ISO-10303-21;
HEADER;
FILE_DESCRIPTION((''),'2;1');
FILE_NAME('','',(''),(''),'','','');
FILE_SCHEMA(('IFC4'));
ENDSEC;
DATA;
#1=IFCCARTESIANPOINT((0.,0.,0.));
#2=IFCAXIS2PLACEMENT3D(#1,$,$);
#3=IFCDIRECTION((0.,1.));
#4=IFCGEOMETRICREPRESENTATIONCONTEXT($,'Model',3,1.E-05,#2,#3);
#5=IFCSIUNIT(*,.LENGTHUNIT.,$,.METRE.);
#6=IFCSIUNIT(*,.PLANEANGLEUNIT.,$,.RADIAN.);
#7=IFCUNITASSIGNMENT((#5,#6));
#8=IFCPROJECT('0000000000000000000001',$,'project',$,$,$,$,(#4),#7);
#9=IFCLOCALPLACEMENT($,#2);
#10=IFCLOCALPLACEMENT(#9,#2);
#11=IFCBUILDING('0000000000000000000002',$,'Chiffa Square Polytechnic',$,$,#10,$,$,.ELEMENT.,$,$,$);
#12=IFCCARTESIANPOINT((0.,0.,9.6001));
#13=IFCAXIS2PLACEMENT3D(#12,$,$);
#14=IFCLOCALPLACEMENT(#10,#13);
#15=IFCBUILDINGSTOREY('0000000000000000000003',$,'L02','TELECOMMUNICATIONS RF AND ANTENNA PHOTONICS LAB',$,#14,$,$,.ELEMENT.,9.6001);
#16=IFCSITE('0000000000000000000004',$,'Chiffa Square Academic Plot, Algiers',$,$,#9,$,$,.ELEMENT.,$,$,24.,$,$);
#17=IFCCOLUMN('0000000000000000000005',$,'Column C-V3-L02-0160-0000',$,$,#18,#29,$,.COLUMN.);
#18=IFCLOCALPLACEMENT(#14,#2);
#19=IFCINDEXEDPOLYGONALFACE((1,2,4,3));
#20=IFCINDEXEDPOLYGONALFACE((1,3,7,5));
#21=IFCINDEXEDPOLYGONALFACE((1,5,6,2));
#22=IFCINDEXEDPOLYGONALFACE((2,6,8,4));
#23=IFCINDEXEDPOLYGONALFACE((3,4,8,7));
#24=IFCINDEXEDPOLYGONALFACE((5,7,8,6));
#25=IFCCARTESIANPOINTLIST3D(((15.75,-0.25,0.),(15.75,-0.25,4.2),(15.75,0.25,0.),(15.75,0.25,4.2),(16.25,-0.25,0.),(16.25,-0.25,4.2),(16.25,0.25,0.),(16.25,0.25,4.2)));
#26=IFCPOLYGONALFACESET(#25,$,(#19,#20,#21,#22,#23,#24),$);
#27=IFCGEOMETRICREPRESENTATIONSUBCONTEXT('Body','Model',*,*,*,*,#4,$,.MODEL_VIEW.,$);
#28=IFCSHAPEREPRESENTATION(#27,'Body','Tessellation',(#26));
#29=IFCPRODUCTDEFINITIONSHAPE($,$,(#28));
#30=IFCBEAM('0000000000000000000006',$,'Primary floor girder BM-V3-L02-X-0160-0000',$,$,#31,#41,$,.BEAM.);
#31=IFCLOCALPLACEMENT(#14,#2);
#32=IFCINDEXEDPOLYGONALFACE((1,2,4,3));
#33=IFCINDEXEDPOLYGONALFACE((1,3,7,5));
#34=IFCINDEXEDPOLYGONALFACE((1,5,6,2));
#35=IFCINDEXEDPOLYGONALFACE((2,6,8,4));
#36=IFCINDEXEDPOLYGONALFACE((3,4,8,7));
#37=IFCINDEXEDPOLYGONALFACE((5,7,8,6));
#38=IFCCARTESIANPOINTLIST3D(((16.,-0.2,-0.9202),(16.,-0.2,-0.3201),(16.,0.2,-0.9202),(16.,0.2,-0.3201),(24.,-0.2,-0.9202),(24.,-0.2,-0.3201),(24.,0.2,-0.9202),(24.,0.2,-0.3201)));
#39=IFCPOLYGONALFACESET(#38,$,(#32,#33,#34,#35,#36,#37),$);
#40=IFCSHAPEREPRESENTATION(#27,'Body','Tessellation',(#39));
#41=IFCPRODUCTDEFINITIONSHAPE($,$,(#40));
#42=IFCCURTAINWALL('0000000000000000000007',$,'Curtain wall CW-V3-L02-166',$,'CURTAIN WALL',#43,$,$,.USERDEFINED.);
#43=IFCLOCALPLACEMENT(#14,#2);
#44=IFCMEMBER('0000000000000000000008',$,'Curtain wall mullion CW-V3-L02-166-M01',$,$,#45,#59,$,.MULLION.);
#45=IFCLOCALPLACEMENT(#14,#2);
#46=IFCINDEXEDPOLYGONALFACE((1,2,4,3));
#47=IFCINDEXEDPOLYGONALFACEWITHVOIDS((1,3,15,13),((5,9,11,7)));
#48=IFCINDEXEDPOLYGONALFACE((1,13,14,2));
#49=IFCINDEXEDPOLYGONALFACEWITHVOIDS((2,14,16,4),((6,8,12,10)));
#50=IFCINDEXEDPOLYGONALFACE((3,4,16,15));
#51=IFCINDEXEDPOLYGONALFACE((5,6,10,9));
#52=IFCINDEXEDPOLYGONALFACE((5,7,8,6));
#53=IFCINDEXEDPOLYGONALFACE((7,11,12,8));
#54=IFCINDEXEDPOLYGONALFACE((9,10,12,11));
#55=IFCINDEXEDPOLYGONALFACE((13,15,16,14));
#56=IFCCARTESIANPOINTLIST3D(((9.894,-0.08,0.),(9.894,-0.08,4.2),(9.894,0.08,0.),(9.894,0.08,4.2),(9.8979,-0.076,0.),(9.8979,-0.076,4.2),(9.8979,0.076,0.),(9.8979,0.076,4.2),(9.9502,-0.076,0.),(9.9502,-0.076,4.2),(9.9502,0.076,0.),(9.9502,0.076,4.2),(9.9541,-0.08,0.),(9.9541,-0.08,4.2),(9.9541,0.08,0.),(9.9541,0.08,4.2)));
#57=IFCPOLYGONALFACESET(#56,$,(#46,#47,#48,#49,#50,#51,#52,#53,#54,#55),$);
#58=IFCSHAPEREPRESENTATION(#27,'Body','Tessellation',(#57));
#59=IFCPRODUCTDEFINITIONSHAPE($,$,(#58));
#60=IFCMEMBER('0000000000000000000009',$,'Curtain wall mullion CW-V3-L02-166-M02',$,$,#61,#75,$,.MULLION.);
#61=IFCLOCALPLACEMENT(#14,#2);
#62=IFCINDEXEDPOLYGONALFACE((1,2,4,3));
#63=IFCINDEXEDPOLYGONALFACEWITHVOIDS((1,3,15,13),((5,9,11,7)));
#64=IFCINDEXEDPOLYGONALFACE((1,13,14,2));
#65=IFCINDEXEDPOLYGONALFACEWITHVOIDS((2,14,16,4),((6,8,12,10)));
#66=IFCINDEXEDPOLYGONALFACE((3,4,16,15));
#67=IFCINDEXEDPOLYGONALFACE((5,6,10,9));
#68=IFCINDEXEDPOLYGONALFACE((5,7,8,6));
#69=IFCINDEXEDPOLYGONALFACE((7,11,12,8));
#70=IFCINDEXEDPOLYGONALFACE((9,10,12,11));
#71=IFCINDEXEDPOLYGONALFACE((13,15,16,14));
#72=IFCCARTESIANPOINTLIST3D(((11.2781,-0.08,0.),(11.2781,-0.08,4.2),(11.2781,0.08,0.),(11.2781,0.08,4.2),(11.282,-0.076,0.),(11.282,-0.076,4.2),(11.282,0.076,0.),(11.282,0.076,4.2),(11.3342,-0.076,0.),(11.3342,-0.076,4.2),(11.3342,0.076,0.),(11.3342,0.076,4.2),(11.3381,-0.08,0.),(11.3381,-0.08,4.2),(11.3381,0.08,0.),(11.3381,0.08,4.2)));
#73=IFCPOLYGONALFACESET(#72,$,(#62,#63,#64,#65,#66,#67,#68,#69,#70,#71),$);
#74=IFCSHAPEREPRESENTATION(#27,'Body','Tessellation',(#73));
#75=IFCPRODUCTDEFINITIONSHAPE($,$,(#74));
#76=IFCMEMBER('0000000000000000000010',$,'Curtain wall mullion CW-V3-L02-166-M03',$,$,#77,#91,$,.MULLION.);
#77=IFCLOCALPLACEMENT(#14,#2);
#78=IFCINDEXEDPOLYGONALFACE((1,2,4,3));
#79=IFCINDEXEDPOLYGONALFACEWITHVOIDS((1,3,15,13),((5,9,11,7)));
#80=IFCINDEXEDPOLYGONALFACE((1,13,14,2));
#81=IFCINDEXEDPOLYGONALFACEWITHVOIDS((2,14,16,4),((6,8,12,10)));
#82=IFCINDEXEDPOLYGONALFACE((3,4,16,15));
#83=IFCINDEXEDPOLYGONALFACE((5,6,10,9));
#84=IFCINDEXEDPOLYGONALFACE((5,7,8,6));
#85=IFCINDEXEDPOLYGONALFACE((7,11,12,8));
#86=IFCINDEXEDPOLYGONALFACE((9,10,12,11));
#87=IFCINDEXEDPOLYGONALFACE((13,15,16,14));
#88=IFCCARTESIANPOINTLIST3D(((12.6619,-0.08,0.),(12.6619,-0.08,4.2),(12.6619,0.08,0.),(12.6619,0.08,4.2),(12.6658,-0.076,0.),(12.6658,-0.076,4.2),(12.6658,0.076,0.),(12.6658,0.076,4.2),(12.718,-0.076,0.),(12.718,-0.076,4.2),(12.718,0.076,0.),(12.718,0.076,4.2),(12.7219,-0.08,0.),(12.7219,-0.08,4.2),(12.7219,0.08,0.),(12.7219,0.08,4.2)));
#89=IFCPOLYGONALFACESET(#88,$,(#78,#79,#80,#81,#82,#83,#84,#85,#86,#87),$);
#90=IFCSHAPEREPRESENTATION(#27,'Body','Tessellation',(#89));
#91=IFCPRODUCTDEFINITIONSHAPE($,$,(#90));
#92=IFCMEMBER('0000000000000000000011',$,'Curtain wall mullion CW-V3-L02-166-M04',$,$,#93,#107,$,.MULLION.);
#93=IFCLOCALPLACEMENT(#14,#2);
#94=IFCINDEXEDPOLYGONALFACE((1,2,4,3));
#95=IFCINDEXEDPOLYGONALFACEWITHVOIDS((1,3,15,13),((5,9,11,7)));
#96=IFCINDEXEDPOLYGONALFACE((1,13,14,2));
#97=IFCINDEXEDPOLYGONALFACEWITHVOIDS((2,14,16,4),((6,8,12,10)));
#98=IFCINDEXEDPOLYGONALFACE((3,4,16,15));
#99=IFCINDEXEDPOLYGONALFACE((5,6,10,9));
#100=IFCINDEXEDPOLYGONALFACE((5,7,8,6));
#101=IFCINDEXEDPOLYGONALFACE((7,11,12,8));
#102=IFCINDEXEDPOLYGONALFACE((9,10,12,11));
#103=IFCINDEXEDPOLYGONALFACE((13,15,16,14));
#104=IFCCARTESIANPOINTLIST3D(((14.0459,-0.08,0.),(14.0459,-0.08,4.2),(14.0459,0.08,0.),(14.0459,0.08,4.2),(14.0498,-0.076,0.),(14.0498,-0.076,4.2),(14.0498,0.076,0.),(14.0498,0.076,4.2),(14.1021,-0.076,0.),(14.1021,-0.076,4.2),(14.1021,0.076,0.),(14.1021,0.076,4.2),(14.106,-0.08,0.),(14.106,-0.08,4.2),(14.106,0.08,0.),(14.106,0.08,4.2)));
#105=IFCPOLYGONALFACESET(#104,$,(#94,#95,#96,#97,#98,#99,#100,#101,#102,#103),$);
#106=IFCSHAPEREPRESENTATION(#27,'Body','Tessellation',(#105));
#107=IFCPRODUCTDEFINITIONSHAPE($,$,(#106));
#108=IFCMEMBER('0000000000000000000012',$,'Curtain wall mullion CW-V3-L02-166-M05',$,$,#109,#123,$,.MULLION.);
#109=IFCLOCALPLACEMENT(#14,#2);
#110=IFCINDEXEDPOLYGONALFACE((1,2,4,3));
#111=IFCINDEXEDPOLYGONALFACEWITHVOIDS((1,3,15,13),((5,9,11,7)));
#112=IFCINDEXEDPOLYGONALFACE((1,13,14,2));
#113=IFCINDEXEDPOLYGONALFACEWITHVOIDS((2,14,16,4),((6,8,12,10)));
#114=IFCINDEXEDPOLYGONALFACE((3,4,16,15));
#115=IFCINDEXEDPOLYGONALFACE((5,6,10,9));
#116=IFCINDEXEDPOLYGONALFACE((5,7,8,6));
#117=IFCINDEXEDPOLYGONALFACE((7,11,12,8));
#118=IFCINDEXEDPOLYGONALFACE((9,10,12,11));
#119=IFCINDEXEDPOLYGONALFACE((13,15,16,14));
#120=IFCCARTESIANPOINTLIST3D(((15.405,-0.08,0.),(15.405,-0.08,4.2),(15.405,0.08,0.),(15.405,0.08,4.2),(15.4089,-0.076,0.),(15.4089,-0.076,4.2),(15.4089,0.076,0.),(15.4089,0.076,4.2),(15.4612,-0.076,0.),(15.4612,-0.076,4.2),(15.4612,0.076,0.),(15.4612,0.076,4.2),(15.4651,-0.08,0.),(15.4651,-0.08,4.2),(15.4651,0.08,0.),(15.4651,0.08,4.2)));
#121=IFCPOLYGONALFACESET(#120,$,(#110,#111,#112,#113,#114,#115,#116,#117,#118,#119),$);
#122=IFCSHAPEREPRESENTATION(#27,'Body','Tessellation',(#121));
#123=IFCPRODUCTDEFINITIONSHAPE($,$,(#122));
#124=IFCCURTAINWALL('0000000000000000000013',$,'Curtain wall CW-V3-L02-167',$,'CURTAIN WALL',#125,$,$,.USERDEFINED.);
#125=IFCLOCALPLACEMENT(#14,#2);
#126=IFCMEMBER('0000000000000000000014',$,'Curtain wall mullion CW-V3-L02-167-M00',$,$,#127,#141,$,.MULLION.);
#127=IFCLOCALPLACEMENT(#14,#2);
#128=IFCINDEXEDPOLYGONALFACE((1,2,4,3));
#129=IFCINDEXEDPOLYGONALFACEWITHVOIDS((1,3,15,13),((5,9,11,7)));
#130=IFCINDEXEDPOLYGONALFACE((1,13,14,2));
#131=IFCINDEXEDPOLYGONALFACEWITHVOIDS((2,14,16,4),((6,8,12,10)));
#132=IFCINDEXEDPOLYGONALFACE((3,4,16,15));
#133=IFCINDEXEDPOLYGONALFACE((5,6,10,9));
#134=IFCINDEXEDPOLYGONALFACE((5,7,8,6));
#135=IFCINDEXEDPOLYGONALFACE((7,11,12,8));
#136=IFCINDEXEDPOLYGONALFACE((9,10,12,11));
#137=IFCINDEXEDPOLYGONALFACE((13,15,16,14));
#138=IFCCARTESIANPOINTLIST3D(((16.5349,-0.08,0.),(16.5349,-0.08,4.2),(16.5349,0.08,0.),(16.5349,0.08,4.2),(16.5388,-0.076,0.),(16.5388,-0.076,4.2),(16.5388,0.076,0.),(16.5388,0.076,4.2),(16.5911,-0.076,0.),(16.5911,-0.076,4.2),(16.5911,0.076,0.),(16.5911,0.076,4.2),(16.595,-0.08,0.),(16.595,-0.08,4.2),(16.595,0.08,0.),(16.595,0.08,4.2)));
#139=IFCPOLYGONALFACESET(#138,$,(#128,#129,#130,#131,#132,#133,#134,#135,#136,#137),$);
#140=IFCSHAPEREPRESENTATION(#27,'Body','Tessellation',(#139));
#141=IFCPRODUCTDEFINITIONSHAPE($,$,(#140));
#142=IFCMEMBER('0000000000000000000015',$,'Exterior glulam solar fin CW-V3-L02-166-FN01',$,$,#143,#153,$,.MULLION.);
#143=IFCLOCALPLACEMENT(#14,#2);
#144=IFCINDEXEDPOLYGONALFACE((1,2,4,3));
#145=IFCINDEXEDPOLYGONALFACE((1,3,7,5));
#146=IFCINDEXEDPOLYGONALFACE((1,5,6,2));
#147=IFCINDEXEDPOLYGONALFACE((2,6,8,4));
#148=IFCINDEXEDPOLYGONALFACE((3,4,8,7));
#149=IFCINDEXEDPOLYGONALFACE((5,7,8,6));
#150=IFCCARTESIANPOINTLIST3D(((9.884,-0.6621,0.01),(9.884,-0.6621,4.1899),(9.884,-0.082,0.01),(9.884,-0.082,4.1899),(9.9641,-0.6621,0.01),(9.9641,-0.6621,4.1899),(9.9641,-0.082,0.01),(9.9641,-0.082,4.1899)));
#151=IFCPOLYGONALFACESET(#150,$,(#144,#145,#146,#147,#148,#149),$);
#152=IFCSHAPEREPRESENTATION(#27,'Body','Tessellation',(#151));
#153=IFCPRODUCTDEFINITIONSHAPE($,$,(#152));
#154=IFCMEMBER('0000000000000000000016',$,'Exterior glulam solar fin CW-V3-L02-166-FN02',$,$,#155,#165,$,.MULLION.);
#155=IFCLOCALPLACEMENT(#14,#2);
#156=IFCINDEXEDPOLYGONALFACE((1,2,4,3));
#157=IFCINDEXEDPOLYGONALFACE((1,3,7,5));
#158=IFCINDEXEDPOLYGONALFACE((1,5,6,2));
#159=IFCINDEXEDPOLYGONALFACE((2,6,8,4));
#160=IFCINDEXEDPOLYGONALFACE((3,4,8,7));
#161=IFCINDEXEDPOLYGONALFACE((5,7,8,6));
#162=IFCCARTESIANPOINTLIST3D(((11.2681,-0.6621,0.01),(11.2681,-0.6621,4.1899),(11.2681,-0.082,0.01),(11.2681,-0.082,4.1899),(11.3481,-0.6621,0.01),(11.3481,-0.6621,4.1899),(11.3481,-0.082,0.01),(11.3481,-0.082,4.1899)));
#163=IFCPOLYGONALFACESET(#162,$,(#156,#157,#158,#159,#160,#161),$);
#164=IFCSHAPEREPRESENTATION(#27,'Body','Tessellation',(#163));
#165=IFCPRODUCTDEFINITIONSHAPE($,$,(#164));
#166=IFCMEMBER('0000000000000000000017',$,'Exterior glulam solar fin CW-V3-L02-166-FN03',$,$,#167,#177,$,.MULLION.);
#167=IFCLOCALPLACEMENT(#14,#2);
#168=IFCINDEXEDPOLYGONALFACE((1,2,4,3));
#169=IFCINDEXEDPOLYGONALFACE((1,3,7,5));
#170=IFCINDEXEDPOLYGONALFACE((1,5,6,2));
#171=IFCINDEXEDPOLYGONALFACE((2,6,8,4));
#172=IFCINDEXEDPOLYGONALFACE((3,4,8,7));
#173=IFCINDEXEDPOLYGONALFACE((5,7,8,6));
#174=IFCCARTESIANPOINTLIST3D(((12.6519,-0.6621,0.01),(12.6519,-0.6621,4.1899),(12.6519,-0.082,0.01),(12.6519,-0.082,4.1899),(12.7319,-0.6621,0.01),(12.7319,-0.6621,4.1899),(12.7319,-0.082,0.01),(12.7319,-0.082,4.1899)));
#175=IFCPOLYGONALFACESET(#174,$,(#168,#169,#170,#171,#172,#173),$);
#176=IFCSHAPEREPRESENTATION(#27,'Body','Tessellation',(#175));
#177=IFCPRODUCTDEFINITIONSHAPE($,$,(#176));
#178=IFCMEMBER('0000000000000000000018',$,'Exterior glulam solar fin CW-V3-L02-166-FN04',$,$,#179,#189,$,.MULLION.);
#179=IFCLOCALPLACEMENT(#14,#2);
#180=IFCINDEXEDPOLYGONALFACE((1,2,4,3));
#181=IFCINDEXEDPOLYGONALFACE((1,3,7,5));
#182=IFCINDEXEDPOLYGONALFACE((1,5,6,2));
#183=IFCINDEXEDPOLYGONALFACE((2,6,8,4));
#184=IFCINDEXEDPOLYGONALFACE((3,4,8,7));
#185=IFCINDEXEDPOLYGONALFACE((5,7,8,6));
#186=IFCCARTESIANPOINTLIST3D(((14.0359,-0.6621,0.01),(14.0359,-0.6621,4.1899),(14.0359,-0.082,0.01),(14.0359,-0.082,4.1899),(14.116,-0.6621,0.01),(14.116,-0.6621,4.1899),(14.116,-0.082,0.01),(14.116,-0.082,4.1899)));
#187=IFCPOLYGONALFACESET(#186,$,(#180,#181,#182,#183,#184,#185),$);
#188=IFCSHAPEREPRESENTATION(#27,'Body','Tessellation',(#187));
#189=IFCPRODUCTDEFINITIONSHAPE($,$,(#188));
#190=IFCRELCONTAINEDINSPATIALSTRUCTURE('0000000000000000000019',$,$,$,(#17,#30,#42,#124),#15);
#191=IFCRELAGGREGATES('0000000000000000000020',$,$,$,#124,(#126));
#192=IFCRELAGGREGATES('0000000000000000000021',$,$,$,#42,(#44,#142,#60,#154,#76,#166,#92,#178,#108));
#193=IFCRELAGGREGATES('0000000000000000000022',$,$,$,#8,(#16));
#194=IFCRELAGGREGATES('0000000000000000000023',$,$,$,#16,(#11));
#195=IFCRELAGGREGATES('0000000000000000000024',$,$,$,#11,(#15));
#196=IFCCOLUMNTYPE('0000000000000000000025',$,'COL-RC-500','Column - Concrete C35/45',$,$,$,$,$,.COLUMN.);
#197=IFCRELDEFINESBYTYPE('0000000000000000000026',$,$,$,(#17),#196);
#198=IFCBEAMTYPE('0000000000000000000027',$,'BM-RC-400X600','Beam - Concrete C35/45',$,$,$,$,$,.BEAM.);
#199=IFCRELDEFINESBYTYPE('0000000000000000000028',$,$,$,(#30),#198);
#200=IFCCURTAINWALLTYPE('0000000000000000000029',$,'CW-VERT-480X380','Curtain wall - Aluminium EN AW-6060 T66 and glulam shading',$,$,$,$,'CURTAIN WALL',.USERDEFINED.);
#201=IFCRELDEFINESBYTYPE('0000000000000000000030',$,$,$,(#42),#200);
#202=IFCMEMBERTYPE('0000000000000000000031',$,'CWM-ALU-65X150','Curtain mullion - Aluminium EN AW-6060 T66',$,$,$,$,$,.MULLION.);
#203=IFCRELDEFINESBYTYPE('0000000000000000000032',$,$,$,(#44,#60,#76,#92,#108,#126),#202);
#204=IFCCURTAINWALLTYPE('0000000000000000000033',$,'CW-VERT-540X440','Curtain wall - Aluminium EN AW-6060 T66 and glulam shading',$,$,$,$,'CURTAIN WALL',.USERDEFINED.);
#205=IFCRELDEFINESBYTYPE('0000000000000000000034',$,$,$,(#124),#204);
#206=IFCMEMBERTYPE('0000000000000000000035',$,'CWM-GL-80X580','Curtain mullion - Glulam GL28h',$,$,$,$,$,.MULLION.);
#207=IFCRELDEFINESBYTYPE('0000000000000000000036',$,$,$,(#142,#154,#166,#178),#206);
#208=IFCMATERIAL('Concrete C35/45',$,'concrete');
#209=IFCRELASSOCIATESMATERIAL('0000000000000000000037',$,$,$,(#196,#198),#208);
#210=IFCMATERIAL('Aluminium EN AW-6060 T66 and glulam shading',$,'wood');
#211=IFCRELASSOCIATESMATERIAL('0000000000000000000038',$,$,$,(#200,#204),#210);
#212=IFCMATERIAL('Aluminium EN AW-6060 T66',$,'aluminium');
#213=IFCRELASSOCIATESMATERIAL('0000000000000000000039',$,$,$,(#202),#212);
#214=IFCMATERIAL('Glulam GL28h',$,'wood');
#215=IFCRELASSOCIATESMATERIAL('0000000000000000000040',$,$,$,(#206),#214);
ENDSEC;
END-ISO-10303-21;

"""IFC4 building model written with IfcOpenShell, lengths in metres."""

from ifc_helpers import new_model, si_unit, direction, frame, origin, origin_2d, place, context, subcontext, project, spatial, rectangle, hollow_rectangle, extrude, material, material_profile, profile_set, type_object, element, aggregate, save


model = new_model("IFC4")

# Units and contexts
model_context = context("Model", 3, precision=1e-05, world=origin(), true_north=direction((0.0, 1.0)))
body_context = subcontext(model_context, "Body", "Model", "MODEL_VIEW")
ifc_project = project(units=[si_unit("LENGTHUNIT", "METRE"), si_unit("PLANEANGLEUNIT", "RADIAN")], contexts=[model_context])

# Site, building, storey
site_placement = place(None, origin())
site = spatial("IfcSite", under=ifc_project, at=site_placement, Name="Chiffa Square Academic Plot, Algiers", CompositionType="ELEMENT", RefElevation=24.0)
building_placement = place(site_placement, origin())
building = spatial("IfcBuilding", under=site, at=building_placement, Name="Chiffa Square Polytechnic", CompositionType="ELEMENT")
storey_placement = place(building_placement, frame((0.0, 0.0, 9.6001)))
storey = spatial("IfcBuildingStorey", under=building, at=storey_placement, Name="L02", Description="TELECOMMUNICATIONS RF AND ANTENNA PHOTONICS LAB", CompositionType="ELEMENT", Elevation=9.6001)

# Column
ifc_material_1 = material(Name="Concrete C35/45", Category="concrete")
ifc_material_profile_1 = material_profile(ifc_material_1, rectangle(XDim=0.5, YDim=0.5, at=origin_2d()), Name="RC 500x500")
ifc_profile_set_1 = profile_set([ifc_material_profile_1], Name="Concrete C35/45")
column_type = type_object("IfcColumnType", Name="COL-RC-500", Description="Column - Concrete C35/45", PredefinedType="COLUMN", material=ifc_profile_set_1)
column_placement = place(storey_placement, frame((16.0, 0.0, 0.0), z_axis=(0.0, 0.0, 1.0), x_axis=(1.0, 0.0, 0.0)))
element("IfcColumn", 1, at=column_placement, inside=storey, type_object=column_type, Name="Column C-V3-L02-0160-0000", PredefinedType="COLUMN", context=body_context, shape_type="SweptSolid", body=[
    extrude(rectangle(XDim=0.5, YDim=0.5, at=origin_2d()), origin(), (0.0, 0.0, 1.0), 4.2),
])

# Beam
ifc_material_profile_2 = material_profile(ifc_material_1, rectangle(XDim=0.3999, YDim=0.6001, at=origin_2d()), Name="RC 400x600")
ifc_profile_set_2 = profile_set([ifc_material_profile_2], Name="Concrete C35/45")
beam_type = type_object("IfcBeamType", Name="BM-RC-400X600", Description="Beam - Concrete C35/45", PredefinedType="BEAM", material=ifc_profile_set_2)
beam_placement = place(storey_placement, frame((16.0, 0.0, -0.6201), z_axis=(1.0, 0.0, 0.0), x_axis=(0.0, 1.0, 0.0)))
element("IfcBeam", 2, at=beam_placement, inside=storey, type_object=beam_type, Name="Primary floor girder BM-V3-L02-X-0160-0000", PredefinedType="BEAM", context=body_context, shape_type="SweptSolid", body=[
    extrude(rectangle(XDim=0.3999, YDim=0.6001, at=origin_2d()), origin(), (0.0, 0.0, 1.0), 8.0),
])

# Curtain wall, members
ifc_material_2 = material(Name="Aluminium EN AW-6060 T66 and glulam shading", Category="wood")
curtain_wall_type_1 = type_object("IfcCurtainWallType", Name="CW-VERT-480X380", Description="Curtain wall - Aluminium EN AW-6060 T66 and glulam shading", ElementType="CURTAIN WALL", PredefinedType="USERDEFINED", material=ifc_material_2)
curtain_wall_1_placement = place(storey_placement, origin())
curtain_wall_1 = element("IfcCurtainWall", 3, at=curtain_wall_1_placement, inside=storey, type_object=curtain_wall_type_1, Name="Curtain wall CW-V3-L02-166", ObjectType="CURTAIN WALL", PredefinedType="USERDEFINED")
ifc_material_3 = material(Name="Aluminium EN AW-6060 T66", Category="aluminium")
ifc_material_profile_3 = material_profile(ifc_material_3, hollow_rectangle(XDim=0.0601, YDim=0.1599, WallThickness=0.0039, at=origin_2d()), Name="ALU 60x160x4")
ifc_profile_set_3 = profile_set([ifc_material_profile_3], Name="Aluminium EN AW-6060 T66")
member_type_1 = type_object("IfcMemberType", Name="CWM-ALU-65X150", Description="Curtain mullion - Aluminium EN AW-6060 T66", PredefinedType="MULLION", material=ifc_profile_set_3)
member_1_placement = place(storey_placement, frame((9.9241, 0.0, 0.0), z_axis=(0.0, 0.0, 1.0), x_axis=(1.0, 0.0, 0.0)))
member_1 = element("IfcMember", 4, at=member_1_placement, type_object=member_type_1, Name="Curtain wall mullion CW-V3-L02-166-M01", PredefinedType="MULLION", context=body_context, shape_type="SweptSolid", body=[
    extrude(hollow_rectangle(XDim=0.0601, YDim=0.1599, WallThickness=0.0039, at=origin_2d()), origin(), (0.0, 0.0, 1.0), 4.2),
])
member_2_placement = place(storey_placement, frame((11.3081, 0.0, 0.0), z_axis=(0.0, 0.0, 1.0), x_axis=(1.0, 0.0, 0.0)))
member_2 = element("IfcMember", 5, at=member_2_placement, type_object=member_type_1, Name="Curtain wall mullion CW-V3-L02-166-M02", PredefinedType="MULLION", context=body_context, shape_type="SweptSolid", body=[
    extrude(hollow_rectangle(XDim=0.0601, YDim=0.1599, WallThickness=0.0039, at=origin_2d()), origin(), (0.0, 0.0, 1.0), 4.2),
])
member_3_placement = place(storey_placement, frame((12.6919, 0.0, 0.0), z_axis=(0.0, 0.0, 1.0), x_axis=(1.0, 0.0, 0.0)))
member_3 = element("IfcMember", 6, at=member_3_placement, type_object=member_type_1, Name="Curtain wall mullion CW-V3-L02-166-M03", PredefinedType="MULLION", context=body_context, shape_type="SweptSolid", body=[
    extrude(hollow_rectangle(XDim=0.0601, YDim=0.1599, WallThickness=0.0039, at=origin_2d()), origin(), (0.0, 0.0, 1.0), 4.2),
])
member_4_placement = place(storey_placement, frame((14.0759, 0.0, 0.0), z_axis=(0.0, 0.0, 1.0), x_axis=(1.0, 0.0, 0.0)))
member_4 = element("IfcMember", 7, at=member_4_placement, type_object=member_type_1, Name="Curtain wall mullion CW-V3-L02-166-M04", PredefinedType="MULLION", context=body_context, shape_type="SweptSolid", body=[
    extrude(hollow_rectangle(XDim=0.0601, YDim=0.1599, WallThickness=0.0039, at=origin_2d()), origin(), (0.0, 0.0, 1.0), 4.2),
])
member_5_placement = place(storey_placement, frame((15.4351, 0.0, 0.0), z_axis=(0.0, 0.0, 1.0), x_axis=(1.0, 0.0, 0.0)))
member_5 = element("IfcMember", 8, at=member_5_placement, type_object=member_type_1, Name="Curtain wall mullion CW-V3-L02-166-M05", PredefinedType="MULLION", context=body_context, shape_type="SweptSolid", body=[
    extrude(hollow_rectangle(XDim=0.0601, YDim=0.1599, WallThickness=0.0039, at=origin_2d()), origin(), (0.0, 0.0, 1.0), 4.2),
])

# Curtain wall, member
curtain_wall_type_2 = type_object("IfcCurtainWallType", Name="CW-VERT-540X440", Description="Curtain wall - Aluminium EN AW-6060 T66 and glulam shading", ElementType="CURTAIN WALL", PredefinedType="USERDEFINED", material=ifc_material_2)
curtain_wall_2_placement = place(storey_placement, origin())
curtain_wall_2 = element("IfcCurtainWall", 9, at=curtain_wall_2_placement, inside=storey, type_object=curtain_wall_type_2, Name="Curtain wall CW-V3-L02-167", ObjectType="CURTAIN WALL", PredefinedType="USERDEFINED")
member_6_placement = place(storey_placement, frame((16.5649, 0.0, 0.0), z_axis=(0.0, 0.0, 1.0), x_axis=(1.0, 0.0, 0.0)))
member_6 = element("IfcMember", 10, at=member_6_placement, type_object=member_type_1, Name="Curtain wall mullion CW-V3-L02-167-M00", PredefinedType="MULLION", context=body_context, shape_type="SweptSolid", body=[
    extrude(hollow_rectangle(XDim=0.0601, YDim=0.1599, WallThickness=0.0039, at=origin_2d()), origin(), (0.0, 0.0, 1.0), 4.2),
])

# Members
ifc_material_4 = material(Name="Glulam GL28h", Category="wood")
ifc_material_profile_4 = material_profile(ifc_material_4, rectangle(XDim=0.0801, YDim=0.5801, at=origin_2d()), Name="GL28h 80x580")
ifc_profile_set_4 = profile_set([ifc_material_profile_4], Name="Glulam GL28h")
member_type_2 = type_object("IfcMemberType", Name="CWM-GL-80X580", Description="Curtain mullion - Glulam GL28h", PredefinedType="MULLION", material=ifc_profile_set_4)
member_7_placement = place(storey_placement, frame((9.9241, -0.3721, 0.01), z_axis=(0.0, 0.0, 1.0), x_axis=(1.0, 0.0, 0.0)))
member_7 = element("IfcMember", 11, at=member_7_placement, type_object=member_type_2, Name="Exterior glulam solar fin CW-V3-L02-166-FN01", PredefinedType="MULLION", context=body_context, shape_type="SweptSolid", body=[
    extrude(rectangle(XDim=0.0801, YDim=0.5801, at=origin_2d()), origin(), (0.0, 0.0, 1.0), 4.1799),
])
member_8_placement = place(storey_placement, frame((11.3081, -0.3721, 0.01), z_axis=(0.0, 0.0, 1.0), x_axis=(1.0, 0.0, 0.0)))
member_8 = element("IfcMember", 12, at=member_8_placement, type_object=member_type_2, Name="Exterior glulam solar fin CW-V3-L02-166-FN02", PredefinedType="MULLION", context=body_context, shape_type="SweptSolid", body=[
    extrude(rectangle(XDim=0.0801, YDim=0.5801, at=origin_2d()), origin(), (0.0, 0.0, 1.0), 4.1799),
])
member_9_placement = place(storey_placement, frame((12.6919, -0.3721, 0.01), z_axis=(0.0, 0.0, 1.0), x_axis=(1.0, 0.0, 0.0)))
member_9 = element("IfcMember", 13, at=member_9_placement, type_object=member_type_2, Name="Exterior glulam solar fin CW-V3-L02-166-FN03", PredefinedType="MULLION", context=body_context, shape_type="SweptSolid", body=[
    extrude(rectangle(XDim=0.0801, YDim=0.5801, at=origin_2d()), origin(), (0.0, 0.0, 1.0), 4.1799),
])
member_10_placement = place(storey_placement, frame((14.0759, -0.3721, 0.01), z_axis=(0.0, 0.0, 1.0), x_axis=(1.0, 0.0, 0.0)))
member_10 = element("IfcMember", 14, at=member_10_placement, type_object=member_type_2, Name="Exterior glulam solar fin CW-V3-L02-166-FN04", PredefinedType="MULLION", context=body_context, shape_type="SweptSolid", body=[
    extrude(rectangle(XDim=0.0801, YDim=0.5801, at=origin_2d()), origin(), (0.0, 0.0, 1.0), 4.1799),
])
aggregate(curtain_wall_2, [member_6])

aggregate(curtain_wall_1, [member_1, member_7, member_2, member_8, member_3, member_9, member_4, member_10, member_5])

save(model, "model.ifc")
